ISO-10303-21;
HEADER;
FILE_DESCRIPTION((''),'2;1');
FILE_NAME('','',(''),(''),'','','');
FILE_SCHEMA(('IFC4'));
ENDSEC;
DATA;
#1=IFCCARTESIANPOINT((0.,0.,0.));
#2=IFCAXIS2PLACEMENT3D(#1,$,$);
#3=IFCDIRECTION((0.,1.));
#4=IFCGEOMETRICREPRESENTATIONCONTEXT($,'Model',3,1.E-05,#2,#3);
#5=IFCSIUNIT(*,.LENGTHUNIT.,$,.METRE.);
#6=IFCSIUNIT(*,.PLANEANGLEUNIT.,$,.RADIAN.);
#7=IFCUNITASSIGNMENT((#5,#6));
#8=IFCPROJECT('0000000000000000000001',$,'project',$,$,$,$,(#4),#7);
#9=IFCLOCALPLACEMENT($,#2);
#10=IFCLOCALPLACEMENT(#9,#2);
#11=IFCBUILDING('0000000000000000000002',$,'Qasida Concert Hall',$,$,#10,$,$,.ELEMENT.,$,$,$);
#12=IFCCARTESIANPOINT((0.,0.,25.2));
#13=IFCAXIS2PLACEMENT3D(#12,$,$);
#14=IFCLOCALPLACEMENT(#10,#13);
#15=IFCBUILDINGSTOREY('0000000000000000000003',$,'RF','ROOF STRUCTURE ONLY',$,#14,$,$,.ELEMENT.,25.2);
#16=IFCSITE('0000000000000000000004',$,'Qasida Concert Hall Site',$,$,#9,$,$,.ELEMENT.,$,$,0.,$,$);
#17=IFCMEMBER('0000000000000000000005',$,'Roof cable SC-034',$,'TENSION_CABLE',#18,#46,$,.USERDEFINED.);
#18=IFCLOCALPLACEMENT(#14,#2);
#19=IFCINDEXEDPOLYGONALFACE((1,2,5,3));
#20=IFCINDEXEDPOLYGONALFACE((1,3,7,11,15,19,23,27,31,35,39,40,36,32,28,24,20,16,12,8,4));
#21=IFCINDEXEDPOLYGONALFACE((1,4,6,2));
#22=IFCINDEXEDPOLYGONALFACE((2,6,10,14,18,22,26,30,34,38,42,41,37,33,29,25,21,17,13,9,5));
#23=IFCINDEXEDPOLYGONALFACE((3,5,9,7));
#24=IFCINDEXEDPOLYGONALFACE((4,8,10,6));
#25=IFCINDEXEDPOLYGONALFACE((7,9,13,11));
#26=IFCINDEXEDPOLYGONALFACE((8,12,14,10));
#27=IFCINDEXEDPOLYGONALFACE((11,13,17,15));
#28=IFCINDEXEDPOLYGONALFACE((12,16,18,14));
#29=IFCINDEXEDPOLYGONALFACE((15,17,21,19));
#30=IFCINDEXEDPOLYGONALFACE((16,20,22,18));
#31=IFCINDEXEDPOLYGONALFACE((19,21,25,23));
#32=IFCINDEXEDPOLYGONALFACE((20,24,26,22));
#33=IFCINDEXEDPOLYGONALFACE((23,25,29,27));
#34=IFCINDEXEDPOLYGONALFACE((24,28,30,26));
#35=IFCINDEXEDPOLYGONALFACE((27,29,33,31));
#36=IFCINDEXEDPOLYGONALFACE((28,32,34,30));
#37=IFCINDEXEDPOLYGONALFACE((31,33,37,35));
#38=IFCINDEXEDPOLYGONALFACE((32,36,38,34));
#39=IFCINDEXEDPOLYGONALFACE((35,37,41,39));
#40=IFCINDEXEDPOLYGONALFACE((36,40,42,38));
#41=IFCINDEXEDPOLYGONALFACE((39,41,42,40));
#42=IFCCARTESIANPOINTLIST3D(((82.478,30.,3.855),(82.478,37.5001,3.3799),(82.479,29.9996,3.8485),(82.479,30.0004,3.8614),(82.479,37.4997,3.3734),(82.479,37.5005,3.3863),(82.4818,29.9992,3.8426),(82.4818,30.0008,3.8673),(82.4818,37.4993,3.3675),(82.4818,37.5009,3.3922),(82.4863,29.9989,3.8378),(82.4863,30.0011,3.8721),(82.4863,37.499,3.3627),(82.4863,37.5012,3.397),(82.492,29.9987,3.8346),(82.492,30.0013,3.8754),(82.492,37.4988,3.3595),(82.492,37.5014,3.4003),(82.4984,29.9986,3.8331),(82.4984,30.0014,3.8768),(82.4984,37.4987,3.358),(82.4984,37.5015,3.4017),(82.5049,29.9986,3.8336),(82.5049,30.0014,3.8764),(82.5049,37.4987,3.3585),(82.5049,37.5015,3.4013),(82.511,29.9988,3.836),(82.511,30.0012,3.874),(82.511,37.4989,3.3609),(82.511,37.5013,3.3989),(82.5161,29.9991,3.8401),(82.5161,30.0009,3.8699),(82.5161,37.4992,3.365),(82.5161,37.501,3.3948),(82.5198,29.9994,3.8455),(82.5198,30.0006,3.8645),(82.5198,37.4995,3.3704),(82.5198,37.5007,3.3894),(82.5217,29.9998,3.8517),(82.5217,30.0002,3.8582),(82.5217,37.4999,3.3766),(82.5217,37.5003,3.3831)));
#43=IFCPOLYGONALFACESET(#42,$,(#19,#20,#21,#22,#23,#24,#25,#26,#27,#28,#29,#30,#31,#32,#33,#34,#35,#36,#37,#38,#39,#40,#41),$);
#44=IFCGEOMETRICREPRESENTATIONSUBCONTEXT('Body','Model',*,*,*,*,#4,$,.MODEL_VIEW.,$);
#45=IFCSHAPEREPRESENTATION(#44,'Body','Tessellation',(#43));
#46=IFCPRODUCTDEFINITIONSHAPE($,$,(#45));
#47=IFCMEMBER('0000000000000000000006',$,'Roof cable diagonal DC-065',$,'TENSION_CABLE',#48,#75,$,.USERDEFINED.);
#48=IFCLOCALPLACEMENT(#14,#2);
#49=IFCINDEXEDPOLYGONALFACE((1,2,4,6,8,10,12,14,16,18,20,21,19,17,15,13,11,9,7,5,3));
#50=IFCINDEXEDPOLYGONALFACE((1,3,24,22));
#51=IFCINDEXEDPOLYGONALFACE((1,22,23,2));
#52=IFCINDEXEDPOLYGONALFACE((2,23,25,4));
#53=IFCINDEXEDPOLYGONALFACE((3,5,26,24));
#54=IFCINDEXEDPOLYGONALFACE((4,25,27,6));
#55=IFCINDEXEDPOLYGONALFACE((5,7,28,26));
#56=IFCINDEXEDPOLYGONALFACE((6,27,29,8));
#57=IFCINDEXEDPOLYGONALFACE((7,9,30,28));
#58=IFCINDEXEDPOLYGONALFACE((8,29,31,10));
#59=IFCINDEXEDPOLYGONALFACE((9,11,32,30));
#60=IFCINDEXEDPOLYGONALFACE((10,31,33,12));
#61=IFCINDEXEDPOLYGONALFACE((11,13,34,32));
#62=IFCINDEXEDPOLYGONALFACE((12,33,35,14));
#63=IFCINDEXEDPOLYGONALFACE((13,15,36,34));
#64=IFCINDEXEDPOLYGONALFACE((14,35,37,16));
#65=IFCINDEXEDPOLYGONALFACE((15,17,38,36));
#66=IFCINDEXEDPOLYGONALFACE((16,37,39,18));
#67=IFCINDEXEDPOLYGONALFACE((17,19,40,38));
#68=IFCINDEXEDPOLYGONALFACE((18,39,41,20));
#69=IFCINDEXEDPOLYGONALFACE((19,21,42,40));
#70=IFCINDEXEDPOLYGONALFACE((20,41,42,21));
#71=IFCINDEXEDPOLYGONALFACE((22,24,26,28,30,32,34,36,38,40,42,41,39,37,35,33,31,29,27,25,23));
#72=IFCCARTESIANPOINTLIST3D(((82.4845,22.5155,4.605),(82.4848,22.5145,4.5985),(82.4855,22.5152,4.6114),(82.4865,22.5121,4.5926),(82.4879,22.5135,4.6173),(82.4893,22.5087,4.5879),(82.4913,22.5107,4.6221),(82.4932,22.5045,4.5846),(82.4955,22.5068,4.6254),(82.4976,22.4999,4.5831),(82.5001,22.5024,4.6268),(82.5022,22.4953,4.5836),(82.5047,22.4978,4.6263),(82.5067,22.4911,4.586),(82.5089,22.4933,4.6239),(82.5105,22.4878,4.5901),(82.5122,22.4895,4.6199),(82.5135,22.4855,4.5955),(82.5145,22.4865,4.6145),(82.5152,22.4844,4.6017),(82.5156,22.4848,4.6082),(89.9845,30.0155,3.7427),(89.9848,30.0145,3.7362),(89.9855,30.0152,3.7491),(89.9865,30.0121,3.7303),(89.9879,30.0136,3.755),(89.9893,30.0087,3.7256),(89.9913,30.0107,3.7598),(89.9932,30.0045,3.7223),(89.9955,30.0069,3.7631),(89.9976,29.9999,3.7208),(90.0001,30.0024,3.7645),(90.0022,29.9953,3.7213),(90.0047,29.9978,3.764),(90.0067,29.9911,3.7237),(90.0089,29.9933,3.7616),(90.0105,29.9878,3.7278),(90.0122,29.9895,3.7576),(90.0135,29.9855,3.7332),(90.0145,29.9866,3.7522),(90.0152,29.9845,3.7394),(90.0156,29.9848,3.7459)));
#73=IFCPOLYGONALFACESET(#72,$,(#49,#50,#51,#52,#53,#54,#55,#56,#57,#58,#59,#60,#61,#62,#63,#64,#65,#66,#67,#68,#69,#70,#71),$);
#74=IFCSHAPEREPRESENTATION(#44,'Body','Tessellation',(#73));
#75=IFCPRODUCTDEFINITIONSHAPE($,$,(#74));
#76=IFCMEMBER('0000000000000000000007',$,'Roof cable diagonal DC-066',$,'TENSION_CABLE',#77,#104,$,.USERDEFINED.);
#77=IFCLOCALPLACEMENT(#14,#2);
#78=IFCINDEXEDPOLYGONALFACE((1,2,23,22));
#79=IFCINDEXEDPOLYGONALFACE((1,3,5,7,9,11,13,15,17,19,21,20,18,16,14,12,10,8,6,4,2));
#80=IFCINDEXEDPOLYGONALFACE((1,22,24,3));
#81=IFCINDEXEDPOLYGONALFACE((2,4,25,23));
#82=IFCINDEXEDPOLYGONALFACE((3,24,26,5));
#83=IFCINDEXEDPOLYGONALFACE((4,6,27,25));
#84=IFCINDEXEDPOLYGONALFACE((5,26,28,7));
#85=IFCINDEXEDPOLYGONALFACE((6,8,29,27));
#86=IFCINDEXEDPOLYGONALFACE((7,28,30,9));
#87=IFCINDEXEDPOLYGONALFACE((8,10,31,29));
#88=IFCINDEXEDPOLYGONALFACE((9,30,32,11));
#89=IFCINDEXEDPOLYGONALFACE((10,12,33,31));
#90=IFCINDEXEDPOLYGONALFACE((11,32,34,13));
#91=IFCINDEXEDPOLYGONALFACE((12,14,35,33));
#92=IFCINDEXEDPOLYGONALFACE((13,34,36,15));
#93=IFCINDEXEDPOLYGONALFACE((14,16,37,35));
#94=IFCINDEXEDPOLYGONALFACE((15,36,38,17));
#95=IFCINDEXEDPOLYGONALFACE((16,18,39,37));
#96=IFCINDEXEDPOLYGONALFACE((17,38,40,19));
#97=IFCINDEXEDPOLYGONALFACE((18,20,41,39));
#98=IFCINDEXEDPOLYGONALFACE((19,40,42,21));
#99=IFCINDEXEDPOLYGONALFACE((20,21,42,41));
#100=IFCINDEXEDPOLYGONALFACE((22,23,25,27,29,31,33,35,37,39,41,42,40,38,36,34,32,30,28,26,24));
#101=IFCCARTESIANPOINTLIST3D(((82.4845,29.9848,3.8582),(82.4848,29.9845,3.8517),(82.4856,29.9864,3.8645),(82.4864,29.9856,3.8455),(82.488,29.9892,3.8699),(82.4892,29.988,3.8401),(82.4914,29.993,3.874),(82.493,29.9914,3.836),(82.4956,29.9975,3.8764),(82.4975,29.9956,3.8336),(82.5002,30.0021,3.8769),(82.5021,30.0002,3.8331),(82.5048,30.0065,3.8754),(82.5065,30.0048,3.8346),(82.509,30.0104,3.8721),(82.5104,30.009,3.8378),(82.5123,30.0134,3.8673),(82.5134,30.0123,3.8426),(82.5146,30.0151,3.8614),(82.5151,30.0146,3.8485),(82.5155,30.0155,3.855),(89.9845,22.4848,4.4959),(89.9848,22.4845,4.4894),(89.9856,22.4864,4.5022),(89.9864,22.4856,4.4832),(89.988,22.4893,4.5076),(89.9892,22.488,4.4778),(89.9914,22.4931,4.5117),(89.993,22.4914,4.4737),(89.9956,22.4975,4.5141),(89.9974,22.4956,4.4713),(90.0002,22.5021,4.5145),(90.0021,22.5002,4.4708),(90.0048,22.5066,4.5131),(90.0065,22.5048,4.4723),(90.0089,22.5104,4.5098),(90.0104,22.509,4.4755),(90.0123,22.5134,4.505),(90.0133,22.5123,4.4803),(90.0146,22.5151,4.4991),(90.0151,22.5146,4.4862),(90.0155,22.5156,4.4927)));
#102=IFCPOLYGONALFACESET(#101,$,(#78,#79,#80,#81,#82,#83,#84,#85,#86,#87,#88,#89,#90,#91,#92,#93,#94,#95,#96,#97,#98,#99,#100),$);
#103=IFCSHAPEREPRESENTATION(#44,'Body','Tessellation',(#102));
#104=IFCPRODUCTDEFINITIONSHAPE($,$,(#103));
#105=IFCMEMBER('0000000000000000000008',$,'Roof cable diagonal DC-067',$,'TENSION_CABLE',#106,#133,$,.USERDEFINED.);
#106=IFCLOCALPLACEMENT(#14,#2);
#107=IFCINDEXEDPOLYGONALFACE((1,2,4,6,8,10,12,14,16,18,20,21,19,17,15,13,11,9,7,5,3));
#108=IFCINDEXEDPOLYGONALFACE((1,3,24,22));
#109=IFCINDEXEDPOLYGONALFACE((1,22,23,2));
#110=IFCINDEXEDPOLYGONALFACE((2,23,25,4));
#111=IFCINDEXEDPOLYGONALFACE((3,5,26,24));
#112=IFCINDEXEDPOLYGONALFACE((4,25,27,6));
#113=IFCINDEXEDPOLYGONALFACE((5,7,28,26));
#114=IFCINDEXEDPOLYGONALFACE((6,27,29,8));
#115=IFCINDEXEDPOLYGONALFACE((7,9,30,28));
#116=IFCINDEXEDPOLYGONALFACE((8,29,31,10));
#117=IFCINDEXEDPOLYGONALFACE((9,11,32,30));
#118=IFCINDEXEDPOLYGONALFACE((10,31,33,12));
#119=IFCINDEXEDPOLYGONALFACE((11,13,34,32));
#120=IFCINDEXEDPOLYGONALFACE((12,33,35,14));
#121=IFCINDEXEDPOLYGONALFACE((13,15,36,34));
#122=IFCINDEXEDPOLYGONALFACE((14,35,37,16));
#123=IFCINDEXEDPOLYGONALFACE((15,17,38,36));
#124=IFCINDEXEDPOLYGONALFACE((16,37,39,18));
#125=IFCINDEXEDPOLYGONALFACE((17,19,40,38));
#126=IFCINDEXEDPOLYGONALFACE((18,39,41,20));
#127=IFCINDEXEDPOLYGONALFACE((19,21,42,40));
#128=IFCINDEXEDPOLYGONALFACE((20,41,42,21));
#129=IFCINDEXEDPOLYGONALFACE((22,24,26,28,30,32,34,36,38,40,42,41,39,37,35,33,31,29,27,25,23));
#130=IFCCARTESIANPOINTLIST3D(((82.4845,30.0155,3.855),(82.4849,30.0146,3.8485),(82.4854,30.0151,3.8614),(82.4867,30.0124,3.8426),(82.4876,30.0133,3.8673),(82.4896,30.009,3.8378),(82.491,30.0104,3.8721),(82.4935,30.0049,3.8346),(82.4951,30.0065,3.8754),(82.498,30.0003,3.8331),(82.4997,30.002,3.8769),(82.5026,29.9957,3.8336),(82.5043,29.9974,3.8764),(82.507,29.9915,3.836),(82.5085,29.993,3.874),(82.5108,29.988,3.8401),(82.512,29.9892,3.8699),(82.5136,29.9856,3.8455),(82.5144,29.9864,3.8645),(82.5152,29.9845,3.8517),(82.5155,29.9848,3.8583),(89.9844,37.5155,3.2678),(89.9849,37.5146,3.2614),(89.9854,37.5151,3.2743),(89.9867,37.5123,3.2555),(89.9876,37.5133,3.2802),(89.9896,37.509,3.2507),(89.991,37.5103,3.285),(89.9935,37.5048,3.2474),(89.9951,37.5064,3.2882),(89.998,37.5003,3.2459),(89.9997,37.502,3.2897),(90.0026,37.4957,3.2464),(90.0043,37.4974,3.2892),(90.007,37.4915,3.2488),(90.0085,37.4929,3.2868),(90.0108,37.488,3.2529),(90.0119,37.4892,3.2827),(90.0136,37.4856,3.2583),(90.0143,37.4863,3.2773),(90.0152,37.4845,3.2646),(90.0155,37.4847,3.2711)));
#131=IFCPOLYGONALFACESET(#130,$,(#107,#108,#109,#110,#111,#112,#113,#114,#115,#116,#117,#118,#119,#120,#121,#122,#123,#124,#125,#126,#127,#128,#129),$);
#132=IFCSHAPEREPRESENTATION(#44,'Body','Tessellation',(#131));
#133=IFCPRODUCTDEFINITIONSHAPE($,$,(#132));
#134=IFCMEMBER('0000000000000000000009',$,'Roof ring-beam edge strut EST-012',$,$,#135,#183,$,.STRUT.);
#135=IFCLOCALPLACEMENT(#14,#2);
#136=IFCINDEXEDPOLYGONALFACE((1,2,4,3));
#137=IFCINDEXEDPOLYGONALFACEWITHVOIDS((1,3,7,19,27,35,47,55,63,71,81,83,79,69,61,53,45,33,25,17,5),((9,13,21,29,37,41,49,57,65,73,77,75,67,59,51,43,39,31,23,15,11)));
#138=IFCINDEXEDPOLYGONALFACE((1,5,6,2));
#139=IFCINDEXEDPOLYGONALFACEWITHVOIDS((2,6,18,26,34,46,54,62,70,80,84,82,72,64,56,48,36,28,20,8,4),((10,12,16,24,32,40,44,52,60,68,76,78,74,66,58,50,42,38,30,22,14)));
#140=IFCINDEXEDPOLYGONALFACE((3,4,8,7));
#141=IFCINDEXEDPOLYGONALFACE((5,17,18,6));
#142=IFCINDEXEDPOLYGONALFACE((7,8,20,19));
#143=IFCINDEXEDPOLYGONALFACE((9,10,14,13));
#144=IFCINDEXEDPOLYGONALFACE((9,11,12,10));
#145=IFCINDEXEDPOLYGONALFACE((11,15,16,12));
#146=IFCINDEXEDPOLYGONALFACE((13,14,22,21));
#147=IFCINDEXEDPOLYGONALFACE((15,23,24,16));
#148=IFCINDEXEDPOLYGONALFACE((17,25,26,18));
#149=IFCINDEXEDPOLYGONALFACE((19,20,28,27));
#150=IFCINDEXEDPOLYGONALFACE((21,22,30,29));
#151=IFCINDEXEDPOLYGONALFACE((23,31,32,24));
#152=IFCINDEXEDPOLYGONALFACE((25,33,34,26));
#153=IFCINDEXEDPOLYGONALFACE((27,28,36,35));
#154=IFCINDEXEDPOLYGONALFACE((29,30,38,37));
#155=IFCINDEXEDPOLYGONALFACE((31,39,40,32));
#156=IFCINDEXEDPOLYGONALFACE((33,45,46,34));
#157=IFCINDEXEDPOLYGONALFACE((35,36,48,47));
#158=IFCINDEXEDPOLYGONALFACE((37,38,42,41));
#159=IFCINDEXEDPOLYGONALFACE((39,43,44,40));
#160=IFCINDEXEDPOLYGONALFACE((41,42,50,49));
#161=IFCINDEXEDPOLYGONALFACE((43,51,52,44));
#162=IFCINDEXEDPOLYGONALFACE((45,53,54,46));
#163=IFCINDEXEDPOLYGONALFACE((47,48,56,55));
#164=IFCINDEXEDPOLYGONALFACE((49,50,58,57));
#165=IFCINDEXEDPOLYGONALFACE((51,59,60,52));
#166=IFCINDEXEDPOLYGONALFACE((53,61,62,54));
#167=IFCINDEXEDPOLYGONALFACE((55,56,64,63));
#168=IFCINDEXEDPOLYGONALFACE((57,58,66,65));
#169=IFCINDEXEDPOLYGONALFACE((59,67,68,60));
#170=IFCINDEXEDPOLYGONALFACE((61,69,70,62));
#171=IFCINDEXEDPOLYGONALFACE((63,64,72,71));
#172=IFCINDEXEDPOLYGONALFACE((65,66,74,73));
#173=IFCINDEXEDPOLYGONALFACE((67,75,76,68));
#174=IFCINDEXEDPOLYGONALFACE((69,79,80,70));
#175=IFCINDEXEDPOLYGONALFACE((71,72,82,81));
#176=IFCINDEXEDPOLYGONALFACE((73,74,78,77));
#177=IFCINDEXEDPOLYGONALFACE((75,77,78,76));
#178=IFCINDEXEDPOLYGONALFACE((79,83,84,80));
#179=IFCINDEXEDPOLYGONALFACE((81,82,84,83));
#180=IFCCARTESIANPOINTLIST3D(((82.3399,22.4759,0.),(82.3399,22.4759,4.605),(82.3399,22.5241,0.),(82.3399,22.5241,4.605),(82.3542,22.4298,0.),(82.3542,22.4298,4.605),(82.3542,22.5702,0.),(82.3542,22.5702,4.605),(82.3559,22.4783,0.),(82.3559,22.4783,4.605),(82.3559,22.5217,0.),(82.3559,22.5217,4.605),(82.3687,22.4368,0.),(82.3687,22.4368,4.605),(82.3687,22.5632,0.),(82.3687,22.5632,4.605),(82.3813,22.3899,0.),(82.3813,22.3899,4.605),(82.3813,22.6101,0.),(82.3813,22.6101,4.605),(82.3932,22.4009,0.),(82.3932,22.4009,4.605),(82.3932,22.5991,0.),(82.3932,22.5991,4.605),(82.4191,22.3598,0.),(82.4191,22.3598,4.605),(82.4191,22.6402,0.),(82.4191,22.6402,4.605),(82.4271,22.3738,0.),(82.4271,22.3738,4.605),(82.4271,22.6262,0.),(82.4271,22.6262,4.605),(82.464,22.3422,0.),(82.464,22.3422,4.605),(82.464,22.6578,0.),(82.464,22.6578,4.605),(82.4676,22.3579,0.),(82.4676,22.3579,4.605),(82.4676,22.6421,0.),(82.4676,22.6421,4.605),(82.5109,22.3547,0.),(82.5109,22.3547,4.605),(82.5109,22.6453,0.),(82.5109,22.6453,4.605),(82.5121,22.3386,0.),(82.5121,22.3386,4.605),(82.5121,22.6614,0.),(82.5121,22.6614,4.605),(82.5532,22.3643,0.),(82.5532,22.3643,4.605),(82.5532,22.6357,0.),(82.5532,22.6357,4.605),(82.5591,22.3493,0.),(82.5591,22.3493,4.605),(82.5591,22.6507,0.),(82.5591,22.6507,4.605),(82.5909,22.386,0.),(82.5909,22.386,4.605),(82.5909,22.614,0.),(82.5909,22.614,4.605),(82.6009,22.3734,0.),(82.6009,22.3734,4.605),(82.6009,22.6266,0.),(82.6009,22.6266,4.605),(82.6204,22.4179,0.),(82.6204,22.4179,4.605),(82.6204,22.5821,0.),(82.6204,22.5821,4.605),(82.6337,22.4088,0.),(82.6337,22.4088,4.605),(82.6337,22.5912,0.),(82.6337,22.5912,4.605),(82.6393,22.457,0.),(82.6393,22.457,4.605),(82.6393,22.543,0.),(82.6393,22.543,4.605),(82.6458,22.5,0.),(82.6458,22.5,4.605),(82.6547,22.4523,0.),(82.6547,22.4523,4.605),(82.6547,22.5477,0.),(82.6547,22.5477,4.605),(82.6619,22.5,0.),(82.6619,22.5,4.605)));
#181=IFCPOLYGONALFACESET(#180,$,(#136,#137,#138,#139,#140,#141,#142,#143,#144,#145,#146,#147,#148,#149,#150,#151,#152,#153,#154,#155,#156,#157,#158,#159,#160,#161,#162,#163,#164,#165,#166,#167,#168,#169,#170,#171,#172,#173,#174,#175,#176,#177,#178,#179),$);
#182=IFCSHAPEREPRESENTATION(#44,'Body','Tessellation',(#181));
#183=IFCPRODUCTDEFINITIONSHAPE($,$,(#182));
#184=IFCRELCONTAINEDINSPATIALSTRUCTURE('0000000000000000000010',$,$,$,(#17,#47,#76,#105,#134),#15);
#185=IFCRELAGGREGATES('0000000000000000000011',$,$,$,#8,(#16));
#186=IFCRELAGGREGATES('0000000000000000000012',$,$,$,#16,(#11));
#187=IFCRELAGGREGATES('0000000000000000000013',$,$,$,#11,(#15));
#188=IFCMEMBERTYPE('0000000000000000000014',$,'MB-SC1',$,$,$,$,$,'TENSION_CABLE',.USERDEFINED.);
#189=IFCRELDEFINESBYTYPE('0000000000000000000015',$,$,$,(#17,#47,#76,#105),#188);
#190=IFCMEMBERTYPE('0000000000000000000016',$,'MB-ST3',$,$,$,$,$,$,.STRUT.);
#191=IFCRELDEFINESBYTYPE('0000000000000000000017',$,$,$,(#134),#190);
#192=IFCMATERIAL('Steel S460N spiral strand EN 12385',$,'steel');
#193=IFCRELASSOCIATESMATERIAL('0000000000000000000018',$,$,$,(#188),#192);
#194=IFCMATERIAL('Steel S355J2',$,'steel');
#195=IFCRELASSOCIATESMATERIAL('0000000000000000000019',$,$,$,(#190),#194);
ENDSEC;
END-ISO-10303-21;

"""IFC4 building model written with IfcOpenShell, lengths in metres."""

from ifc_helpers import new_model, si_unit, direction, frame, origin, origin_2d, place, context, subcontext, project, spatial, circle, hollow_circle, extrude, material, material_profile, profile_set, type_object, element, save


model = new_model("IFC4")

# Units and contexts
model_context = context("Model", 3, precision=1e-05, world=origin(), true_north=direction((0.0, 1.0)))
body_context = subcontext(model_context, "Body", "Model", "MODEL_VIEW")
ifc_project = project(units=[si_unit("LENGTHUNIT", "METRE"), si_unit("PLANEANGLEUNIT", "RADIAN")], contexts=[model_context])

# Site, building, storey
site_placement = place(None, origin())
site = spatial("IfcSite", under=ifc_project, at=site_placement, Name="Qasida Concert Hall Site", CompositionType="ELEMENT", RefElevation=0.0)
building_placement = place(site_placement, origin())
building = spatial("IfcBuilding", under=site, at=building_placement, Name="Qasida Concert Hall", CompositionType="ELEMENT")
storey_placement = place(building_placement, frame((0.0, 0.0, 25.2)))
storey = spatial("IfcBuildingStorey", under=building, at=storey_placement, Name="RF", Description="ROOF STRUCTURE ONLY", CompositionType="ELEMENT", Elevation=25.2)

# Members
ifc_material_1 = material(Name="Steel S460N spiral strand EN 12385", Category="steel")
ifc_material_2 = material(Name="Steel S355J2", Category="steel")
ifc_material_profile_1 = material_profile(ifc_material_1, circle(Radius=0.022, at=origin_2d()), Name="STRAND D44")
ifc_profile_set_1 = profile_set([ifc_material_profile_1], Name="Steel S460N spiral strand EN 12385")
member_type_1 = type_object("IfcMemberType", Name="MB-SC1", ElementType="TENSION_CABLE", PredefinedType="USERDEFINED", material=ifc_profile_set_1)
member_1_placement = place(storey_placement, frame((82.5, 30.0, 3.855), z_axis=(0.0, 0.998, -0.06322), x_axis=(-1.0, 0.0, 0.0)))
element("IfcMember", 1, at=member_1_placement, inside=storey, type_object=member_type_1, Name="Roof cable SC-034", ObjectType="TENSION_CABLE", PredefinedType="USERDEFINED", context=body_context, shape_type="SweptSolid", body=[
    extrude(circle(Radius=0.022, at=origin_2d()), origin(), (0.0, 0.0, 1.0), 7.5151),
])
member_2_placement = place(storey_placement, frame((82.5, 22.5, 4.605), z_axis=(0.704781, 0.704781, -0.081032), x_axis=(-0.707107, 0.707107, 0.0)))
element("IfcMember", 2, at=member_2_placement, inside=storey, type_object=member_type_1, Name="Roof cable diagonal DC-065", ObjectType="TENSION_CABLE", PredefinedType="USERDEFINED", context=body_context, shape_type="SweptSolid", body=[
    extrude(circle(Radius=0.022, at=origin_2d()), origin(), (0.0, 0.0, 1.0), 10.6416),
])
member_3_placement = place(storey_placement, frame((82.5, 30.0, 3.855), z_axis=(0.705832, -0.705832, 0.060014), x_axis=(0.707107, 0.707107, 0.0)))
element("IfcMember", 3, at=member_3_placement, inside=storey, type_object=member_type_1, Name="Roof cable diagonal DC-066", ObjectType="TENSION_CABLE", PredefinedType="USERDEFINED", context=body_context, shape_type="SweptSolid", body=[
    extrude(circle(Radius=0.022, at=origin_2d()), origin(), (0.0, 0.0, 1.0), 10.6257),
])
member_4_placement = place(storey_placement, frame((82.5, 30.0, 3.855), z_axis=(0.706026, 0.706026, -0.055273), x_axis=(-0.707107, 0.707107, 0.0)))
element("IfcMember", 4, at=member_4_placement, inside=storey, type_object=member_type_1, Name="Roof cable diagonal DC-067", ObjectType="TENSION_CABLE", PredefinedType="USERDEFINED", context=body_context, shape_type="SweptSolid", body=[
    extrude(circle(Radius=0.022, at=origin_2d()), origin(), (0.0, 0.0, 1.0), 10.6228),
])
ifc_material_profile_2 = material_profile(ifc_material_2, hollow_circle(Radius=0.1619, WallThickness=0.0161, at=origin_2d()), Name="CHS 323.9x16")
ifc_profile_set_2 = profile_set([ifc_material_profile_2], Name="Steel S355J2")
member_type_2 = type_object("IfcMemberType", Name="MB-ST3", PredefinedType="STRUT", material=ifc_profile_set_2)
member_5_placement = place(storey_placement, frame((82.5, 22.5, 0.0), z_axis=(0.0, 0.0, 1.0), x_axis=(1.0, 0.0, 0.0)))
element("IfcMember", 5, at=member_5_placement, inside=storey, type_object=member_type_2, Name="Roof ring-beam edge strut EST-012", PredefinedType="STRUT", context=body_context, shape_type="SweptSolid", body=[
    extrude(hollow_circle(Radius=0.1619, WallThickness=0.0161, at=origin_2d()), origin(), (0.0, 0.0, 1.0), 4.605),
])

save(model, "model.ifc")
